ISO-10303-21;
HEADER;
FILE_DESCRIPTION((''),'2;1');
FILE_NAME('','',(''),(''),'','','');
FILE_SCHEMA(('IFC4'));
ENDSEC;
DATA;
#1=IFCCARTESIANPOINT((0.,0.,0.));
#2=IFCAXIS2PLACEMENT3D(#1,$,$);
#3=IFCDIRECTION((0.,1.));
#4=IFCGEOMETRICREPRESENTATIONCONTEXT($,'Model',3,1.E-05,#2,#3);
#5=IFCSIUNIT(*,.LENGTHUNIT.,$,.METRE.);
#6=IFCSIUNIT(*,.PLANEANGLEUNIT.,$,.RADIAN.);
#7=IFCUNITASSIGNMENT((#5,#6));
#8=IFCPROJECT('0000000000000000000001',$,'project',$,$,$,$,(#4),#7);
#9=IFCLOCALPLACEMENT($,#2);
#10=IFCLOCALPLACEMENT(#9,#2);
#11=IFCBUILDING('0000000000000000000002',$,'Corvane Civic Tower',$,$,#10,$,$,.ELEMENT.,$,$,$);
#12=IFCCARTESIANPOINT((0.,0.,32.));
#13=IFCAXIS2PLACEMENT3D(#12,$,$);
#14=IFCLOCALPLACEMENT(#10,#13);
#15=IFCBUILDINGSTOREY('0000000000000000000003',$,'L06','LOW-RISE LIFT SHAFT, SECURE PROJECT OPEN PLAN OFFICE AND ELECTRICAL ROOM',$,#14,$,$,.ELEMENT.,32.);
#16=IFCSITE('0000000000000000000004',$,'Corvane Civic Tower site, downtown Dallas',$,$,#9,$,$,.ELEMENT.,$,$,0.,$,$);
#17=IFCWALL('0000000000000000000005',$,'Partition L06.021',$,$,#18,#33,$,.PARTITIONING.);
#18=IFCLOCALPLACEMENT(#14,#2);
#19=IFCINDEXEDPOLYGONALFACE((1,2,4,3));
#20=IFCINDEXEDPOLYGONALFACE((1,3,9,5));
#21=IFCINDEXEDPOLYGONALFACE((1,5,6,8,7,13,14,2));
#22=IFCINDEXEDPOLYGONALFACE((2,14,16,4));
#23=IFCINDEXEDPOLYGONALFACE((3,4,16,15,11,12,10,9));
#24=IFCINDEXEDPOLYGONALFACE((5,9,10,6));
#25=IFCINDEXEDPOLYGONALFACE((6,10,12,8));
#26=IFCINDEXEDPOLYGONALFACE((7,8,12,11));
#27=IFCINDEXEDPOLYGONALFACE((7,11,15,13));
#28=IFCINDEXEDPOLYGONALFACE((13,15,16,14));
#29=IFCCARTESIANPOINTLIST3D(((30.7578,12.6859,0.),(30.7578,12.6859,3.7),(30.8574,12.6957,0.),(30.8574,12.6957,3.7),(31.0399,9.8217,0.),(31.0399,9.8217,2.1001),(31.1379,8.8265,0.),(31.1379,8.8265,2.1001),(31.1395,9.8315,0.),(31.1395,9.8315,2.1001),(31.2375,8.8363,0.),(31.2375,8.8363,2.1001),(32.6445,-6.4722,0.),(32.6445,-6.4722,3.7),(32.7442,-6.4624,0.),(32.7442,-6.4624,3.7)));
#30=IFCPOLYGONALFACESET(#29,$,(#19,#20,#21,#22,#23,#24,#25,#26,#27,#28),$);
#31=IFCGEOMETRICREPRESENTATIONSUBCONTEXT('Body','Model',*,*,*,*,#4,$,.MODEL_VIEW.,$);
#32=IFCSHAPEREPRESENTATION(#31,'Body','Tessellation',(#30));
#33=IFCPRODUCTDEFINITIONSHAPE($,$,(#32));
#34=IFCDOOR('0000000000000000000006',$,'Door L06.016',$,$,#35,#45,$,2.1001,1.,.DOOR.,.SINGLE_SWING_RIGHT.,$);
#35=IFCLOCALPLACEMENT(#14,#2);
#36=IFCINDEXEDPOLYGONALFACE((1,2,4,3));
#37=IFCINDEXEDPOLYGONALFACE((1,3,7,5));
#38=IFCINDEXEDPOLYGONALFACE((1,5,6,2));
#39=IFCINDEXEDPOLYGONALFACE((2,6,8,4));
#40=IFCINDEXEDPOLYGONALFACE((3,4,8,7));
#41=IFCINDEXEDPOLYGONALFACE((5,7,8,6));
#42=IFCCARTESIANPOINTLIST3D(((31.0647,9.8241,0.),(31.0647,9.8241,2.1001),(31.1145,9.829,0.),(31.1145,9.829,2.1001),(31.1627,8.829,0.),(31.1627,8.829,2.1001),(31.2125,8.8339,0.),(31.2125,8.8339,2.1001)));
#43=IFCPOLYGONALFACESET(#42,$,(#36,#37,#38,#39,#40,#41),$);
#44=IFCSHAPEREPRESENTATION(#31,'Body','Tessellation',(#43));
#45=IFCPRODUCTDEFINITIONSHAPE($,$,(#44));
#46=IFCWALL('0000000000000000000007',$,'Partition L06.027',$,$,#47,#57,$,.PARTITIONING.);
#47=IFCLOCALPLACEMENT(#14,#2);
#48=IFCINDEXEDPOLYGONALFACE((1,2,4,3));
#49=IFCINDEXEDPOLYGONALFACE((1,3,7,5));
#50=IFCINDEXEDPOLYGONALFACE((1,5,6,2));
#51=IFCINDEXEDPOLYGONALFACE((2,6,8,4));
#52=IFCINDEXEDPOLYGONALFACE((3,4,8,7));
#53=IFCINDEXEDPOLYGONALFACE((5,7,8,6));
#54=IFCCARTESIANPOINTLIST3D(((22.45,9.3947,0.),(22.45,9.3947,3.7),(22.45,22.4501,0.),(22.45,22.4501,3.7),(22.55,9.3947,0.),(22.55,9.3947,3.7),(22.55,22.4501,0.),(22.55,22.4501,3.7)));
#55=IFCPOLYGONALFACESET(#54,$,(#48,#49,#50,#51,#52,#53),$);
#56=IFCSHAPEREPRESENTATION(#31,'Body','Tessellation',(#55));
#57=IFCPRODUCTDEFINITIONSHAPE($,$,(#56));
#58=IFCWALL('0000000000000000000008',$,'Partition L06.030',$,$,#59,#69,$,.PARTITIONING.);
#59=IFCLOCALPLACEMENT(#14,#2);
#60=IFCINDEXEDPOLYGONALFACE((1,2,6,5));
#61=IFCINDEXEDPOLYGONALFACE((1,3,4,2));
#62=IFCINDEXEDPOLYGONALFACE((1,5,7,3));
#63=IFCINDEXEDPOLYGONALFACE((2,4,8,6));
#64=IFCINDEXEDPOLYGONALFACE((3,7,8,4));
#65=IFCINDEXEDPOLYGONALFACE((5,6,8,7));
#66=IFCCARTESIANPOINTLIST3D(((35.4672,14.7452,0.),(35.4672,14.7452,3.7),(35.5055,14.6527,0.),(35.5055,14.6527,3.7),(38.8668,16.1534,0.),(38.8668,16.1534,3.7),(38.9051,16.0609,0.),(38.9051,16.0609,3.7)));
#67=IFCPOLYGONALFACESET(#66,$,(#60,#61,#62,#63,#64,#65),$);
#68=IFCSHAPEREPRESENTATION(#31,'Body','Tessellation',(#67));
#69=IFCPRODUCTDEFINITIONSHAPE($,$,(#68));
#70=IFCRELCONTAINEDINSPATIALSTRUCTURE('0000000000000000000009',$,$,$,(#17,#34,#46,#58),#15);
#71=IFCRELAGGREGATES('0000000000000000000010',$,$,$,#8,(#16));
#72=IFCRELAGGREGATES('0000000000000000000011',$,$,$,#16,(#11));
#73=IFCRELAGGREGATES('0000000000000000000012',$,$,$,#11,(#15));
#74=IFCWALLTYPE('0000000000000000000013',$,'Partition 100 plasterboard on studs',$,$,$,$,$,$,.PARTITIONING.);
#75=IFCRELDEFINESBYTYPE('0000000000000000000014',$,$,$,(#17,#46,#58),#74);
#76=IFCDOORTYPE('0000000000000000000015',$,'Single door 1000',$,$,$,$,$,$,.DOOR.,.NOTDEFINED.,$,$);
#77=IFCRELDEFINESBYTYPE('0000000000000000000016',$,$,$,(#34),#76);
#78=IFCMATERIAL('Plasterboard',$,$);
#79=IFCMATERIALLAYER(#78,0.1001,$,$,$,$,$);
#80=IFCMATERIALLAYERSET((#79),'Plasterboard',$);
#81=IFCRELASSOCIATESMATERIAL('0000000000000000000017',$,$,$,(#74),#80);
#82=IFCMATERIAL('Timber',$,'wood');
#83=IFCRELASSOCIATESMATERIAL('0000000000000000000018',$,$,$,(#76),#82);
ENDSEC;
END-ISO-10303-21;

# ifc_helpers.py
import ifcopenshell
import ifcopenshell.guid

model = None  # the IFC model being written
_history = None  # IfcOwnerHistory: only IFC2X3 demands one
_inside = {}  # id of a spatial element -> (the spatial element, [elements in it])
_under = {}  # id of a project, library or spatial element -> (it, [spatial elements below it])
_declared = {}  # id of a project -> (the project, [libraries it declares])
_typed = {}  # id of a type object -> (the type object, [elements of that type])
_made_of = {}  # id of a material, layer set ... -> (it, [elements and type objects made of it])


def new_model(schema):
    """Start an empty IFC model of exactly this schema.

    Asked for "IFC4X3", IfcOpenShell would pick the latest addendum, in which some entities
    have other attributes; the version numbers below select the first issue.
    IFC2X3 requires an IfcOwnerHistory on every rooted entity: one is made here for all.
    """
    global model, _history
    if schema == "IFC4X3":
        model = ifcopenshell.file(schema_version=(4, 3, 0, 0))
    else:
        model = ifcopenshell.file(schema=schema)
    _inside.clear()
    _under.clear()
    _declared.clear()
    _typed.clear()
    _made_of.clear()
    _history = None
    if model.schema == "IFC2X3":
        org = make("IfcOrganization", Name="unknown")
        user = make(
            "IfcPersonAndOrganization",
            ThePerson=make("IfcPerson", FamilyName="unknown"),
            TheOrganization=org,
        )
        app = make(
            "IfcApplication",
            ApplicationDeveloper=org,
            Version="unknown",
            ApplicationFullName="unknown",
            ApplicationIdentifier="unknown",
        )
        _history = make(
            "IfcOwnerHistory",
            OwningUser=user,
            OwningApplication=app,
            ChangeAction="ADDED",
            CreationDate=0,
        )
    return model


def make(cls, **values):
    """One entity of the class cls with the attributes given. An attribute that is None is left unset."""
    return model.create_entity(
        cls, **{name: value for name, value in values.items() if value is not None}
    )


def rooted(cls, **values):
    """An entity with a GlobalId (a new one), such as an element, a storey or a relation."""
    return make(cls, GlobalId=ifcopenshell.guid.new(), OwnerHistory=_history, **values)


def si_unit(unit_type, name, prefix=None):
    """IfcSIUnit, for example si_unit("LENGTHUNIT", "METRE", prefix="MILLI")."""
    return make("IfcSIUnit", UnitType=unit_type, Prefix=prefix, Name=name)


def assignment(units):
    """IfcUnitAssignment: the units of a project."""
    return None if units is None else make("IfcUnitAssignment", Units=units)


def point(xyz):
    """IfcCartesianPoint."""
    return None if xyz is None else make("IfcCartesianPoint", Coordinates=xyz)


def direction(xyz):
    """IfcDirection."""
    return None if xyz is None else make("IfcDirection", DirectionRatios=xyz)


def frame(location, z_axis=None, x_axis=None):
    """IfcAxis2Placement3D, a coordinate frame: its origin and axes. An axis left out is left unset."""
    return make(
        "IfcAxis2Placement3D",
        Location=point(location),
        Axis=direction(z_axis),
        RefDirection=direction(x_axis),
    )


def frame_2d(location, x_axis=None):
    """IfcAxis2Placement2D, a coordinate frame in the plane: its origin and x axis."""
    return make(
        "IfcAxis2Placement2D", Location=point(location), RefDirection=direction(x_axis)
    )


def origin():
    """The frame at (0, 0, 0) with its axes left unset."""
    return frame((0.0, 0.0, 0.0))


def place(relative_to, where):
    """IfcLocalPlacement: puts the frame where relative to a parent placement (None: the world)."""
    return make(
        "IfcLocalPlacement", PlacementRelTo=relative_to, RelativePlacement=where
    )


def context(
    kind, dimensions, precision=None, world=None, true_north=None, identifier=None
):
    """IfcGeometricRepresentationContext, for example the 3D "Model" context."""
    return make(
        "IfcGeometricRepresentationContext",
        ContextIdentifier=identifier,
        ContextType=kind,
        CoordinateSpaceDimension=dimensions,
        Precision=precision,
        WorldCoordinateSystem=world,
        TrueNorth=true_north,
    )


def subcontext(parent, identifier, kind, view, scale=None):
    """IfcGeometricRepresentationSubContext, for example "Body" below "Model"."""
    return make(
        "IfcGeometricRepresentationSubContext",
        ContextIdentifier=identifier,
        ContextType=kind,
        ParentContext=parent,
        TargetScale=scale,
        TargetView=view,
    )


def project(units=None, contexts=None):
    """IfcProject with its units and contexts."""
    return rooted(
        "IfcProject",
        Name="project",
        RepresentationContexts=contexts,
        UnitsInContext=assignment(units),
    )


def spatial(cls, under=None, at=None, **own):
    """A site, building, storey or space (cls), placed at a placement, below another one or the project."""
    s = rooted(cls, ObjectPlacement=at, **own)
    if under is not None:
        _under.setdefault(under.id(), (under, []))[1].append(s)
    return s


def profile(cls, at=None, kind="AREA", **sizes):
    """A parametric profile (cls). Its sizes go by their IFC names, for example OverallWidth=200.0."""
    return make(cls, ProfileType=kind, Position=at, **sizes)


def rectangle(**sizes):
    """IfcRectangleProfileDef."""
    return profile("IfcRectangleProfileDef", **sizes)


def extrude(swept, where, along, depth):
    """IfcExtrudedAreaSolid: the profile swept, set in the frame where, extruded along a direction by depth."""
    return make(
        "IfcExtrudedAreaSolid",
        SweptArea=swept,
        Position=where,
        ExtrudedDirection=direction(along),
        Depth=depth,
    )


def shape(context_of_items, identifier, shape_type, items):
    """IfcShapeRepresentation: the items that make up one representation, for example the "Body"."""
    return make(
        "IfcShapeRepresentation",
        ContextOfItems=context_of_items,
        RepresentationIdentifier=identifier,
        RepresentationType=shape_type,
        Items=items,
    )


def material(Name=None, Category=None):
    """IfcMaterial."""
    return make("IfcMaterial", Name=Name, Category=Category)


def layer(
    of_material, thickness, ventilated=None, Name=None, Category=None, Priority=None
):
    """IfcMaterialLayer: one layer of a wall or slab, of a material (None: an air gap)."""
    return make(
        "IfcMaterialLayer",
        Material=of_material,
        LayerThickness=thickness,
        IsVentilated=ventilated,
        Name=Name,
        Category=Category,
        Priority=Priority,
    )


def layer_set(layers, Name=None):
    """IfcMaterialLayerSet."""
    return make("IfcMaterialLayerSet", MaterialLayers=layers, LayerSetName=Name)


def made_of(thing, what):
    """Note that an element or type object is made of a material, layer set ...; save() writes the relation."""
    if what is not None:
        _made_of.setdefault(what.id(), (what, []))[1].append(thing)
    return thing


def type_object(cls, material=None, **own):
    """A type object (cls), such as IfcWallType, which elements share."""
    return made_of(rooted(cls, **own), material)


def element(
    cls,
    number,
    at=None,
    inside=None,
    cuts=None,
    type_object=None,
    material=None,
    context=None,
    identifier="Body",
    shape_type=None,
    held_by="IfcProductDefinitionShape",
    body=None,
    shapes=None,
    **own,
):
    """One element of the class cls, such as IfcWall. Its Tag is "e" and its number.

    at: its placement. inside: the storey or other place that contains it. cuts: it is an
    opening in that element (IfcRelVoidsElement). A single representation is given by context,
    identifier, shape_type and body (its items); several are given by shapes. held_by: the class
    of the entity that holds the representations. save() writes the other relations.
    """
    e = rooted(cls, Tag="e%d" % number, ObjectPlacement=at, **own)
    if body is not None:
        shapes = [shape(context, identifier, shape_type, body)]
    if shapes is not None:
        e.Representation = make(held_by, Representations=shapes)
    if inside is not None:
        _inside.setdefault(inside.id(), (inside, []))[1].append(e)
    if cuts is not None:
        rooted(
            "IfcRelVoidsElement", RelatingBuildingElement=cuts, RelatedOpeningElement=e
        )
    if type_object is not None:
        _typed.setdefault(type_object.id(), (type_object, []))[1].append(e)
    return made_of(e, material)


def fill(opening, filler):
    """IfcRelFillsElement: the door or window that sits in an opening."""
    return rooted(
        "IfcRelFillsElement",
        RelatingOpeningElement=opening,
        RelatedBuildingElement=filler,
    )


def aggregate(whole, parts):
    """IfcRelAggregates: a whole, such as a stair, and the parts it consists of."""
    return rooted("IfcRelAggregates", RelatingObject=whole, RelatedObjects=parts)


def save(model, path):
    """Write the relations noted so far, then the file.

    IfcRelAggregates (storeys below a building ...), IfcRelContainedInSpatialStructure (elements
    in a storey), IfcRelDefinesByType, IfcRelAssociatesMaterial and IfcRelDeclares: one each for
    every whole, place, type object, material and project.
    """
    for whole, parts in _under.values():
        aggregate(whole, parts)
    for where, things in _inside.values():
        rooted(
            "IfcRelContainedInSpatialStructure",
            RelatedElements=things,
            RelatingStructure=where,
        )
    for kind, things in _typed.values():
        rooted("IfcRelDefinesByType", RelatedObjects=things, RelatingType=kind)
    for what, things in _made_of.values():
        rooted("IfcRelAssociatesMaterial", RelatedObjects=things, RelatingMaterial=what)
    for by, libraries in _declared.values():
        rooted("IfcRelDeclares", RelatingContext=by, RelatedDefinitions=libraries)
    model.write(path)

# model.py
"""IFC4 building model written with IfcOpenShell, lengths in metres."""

from ifc_helpers import new_model, si_unit, direction, frame, frame_2d, origin, place, context, subcontext, project, spatial, rectangle, extrude, material, layer, layer_set, type_object, element, fill, save


model = new_model("IFC4")

# Units and contexts
model_context = context("Model", 3, precision=1e-05, world=origin(), true_north=direction((0.0, 1.0)))
body_context = subcontext(model_context, "Body", "Model", "MODEL_VIEW")
ifc_project = project(units=[si_unit("LENGTHUNIT", "METRE"), si_unit("PLANEANGLEUNIT", "RADIAN")], contexts=[model_context])

# Site, building, storey
site_placement = place(None, origin())
site = spatial("IfcSite", under=ifc_project, at=site_placement, Name="Corvane Civic Tower site, downtown Dallas", CompositionType="ELEMENT", RefElevation=0.0)
building_placement = place(site_placement, origin())
building = spatial("IfcBuilding", under=site, at=building_placement, Name="Corvane Civic Tower", CompositionType="ELEMENT")
storey_placement = place(building_placement, frame((0.0, 0.0, 32.0)))
storey = spatial("IfcBuildingStorey", under=building, at=storey_placement, Name="L06", Description="LOW-RISE LIFT SHAFT, SECURE PROJECT OPEN PLAN OFFICE AND ELECTRICAL ROOM", CompositionType="ELEMENT", Elevation=32.0)

# Wall, opening, door
ifc_material_1 = material(Name="Plasterboard")
ifc_layer_1 = layer(ifc_material_1, 0.1001)
ifc_layer_set_1 = layer_set([ifc_layer_1], Name="Plasterboard")
wall_type_1 = type_object("IfcWallType", Name="Partition 100 plasterboard on studs", PredefinedType="PARTITIONING", material=ifc_layer_set_1)
wall_1_placement = place(storey_placement, frame((30.8076, 12.6909, 0.0), z_axis=(0.0, 0.0, 1.0), x_axis=(0.098008, -0.995186, 0.0)))
wall_1 = element("IfcWall", 1, at=wall_1_placement, inside=storey, type_object=wall_type_1, Name="Partition L06.021", PredefinedType="PARTITIONING", context=body_context, shape_type="SweptSolid", body=[
    extrude(rectangle(XDim=19.2507, YDim=0.1001, at=frame_2d((9.6255, 0.0))), origin(), (0.0, 0.0, 1.0), 3.7),
])
opening_1_placement = place(wall_1_placement, frame((2.8782, 0.0, 0.0)))
opening_1 = element("IfcOpeningElement", 2, at=opening_1_placement, cuts=wall_1, PredefinedType="OPENING", context=body_context, shape_type="SweptSolid", body=[
    extrude(rectangle(XDim=1.0, YDim=2.1001, at=frame_2d((0.5, 1.05))), frame((0.0, 0.0601, 0.0), z_axis=(0.0, -1.0, 0.0), x_axis=(1.0, 0.0, 0.0)), (0.0, 0.0, 1.0), 0.1201),
])
ifc_material_2 = material(Name="Timber", Category="wood")
door_type_1 = type_object("IfcDoorType", Name="Single door 1000", OperationType="NOTDEFINED", PredefinedType="DOOR", material=ifc_material_2)
door_1_placement = place(opening_1_placement, origin())
door_1 = element("IfcDoor", 3, at=door_1_placement, inside=storey, type_object=door_type_1, Name="Door L06.016", OperationType="SINGLE_SWING_RIGHT", OverallHeight=2.1001, OverallWidth=1.0, PredefinedType="DOOR", context=body_context, shape_type="SweptSolid", body=[
    extrude(rectangle(XDim=1.0, YDim=2.1001, at=frame_2d((0.5, 1.05))), frame((0.0, 0.0249, 0.0), z_axis=(0.0, -1.0, 0.0), x_axis=(1.0, 0.0, 0.0)), (0.0, 0.0, 1.0), 0.05),
])
fill(opening_1, door_1)

# Walls
wall_2_placement = place(storey_placement, frame((22.5, 9.3945, 0.0), z_axis=(0.0, 0.0, 1.0), x_axis=(0.0, 1.0, 0.0)))
element("IfcWall", 4, at=wall_2_placement, inside=storey, type_object=wall_type_1, Name="Partition L06.027", PredefinedType="PARTITIONING", context=body_context, shape_type="SweptSolid", body=[
    extrude(rectangle(XDim=13.0554, YDim=0.1001, at=frame_2d((6.5278, 0.0))), origin(), (0.0, 0.0, 1.0), 3.7),
])
wall_3_placement = place(storey_placement, frame((35.4863, 14.699, 0.0), z_axis=(0.0, 0.0, 1.0), x_axis=(0.923878, 0.382688, 0.0)))
element("IfcWall", 5, at=wall_3_placement, inside=storey, type_object=wall_type_1, Name="Partition L06.030", PredefinedType="PARTITIONING", context=body_context, shape_type="SweptSolid", body=[
    extrude(rectangle(XDim=3.6797, YDim=0.1001, at=frame_2d((1.8398, 0.0))), origin(), (0.0, 0.0, 1.0), 3.7),
])

save(model, "model.ifc")
